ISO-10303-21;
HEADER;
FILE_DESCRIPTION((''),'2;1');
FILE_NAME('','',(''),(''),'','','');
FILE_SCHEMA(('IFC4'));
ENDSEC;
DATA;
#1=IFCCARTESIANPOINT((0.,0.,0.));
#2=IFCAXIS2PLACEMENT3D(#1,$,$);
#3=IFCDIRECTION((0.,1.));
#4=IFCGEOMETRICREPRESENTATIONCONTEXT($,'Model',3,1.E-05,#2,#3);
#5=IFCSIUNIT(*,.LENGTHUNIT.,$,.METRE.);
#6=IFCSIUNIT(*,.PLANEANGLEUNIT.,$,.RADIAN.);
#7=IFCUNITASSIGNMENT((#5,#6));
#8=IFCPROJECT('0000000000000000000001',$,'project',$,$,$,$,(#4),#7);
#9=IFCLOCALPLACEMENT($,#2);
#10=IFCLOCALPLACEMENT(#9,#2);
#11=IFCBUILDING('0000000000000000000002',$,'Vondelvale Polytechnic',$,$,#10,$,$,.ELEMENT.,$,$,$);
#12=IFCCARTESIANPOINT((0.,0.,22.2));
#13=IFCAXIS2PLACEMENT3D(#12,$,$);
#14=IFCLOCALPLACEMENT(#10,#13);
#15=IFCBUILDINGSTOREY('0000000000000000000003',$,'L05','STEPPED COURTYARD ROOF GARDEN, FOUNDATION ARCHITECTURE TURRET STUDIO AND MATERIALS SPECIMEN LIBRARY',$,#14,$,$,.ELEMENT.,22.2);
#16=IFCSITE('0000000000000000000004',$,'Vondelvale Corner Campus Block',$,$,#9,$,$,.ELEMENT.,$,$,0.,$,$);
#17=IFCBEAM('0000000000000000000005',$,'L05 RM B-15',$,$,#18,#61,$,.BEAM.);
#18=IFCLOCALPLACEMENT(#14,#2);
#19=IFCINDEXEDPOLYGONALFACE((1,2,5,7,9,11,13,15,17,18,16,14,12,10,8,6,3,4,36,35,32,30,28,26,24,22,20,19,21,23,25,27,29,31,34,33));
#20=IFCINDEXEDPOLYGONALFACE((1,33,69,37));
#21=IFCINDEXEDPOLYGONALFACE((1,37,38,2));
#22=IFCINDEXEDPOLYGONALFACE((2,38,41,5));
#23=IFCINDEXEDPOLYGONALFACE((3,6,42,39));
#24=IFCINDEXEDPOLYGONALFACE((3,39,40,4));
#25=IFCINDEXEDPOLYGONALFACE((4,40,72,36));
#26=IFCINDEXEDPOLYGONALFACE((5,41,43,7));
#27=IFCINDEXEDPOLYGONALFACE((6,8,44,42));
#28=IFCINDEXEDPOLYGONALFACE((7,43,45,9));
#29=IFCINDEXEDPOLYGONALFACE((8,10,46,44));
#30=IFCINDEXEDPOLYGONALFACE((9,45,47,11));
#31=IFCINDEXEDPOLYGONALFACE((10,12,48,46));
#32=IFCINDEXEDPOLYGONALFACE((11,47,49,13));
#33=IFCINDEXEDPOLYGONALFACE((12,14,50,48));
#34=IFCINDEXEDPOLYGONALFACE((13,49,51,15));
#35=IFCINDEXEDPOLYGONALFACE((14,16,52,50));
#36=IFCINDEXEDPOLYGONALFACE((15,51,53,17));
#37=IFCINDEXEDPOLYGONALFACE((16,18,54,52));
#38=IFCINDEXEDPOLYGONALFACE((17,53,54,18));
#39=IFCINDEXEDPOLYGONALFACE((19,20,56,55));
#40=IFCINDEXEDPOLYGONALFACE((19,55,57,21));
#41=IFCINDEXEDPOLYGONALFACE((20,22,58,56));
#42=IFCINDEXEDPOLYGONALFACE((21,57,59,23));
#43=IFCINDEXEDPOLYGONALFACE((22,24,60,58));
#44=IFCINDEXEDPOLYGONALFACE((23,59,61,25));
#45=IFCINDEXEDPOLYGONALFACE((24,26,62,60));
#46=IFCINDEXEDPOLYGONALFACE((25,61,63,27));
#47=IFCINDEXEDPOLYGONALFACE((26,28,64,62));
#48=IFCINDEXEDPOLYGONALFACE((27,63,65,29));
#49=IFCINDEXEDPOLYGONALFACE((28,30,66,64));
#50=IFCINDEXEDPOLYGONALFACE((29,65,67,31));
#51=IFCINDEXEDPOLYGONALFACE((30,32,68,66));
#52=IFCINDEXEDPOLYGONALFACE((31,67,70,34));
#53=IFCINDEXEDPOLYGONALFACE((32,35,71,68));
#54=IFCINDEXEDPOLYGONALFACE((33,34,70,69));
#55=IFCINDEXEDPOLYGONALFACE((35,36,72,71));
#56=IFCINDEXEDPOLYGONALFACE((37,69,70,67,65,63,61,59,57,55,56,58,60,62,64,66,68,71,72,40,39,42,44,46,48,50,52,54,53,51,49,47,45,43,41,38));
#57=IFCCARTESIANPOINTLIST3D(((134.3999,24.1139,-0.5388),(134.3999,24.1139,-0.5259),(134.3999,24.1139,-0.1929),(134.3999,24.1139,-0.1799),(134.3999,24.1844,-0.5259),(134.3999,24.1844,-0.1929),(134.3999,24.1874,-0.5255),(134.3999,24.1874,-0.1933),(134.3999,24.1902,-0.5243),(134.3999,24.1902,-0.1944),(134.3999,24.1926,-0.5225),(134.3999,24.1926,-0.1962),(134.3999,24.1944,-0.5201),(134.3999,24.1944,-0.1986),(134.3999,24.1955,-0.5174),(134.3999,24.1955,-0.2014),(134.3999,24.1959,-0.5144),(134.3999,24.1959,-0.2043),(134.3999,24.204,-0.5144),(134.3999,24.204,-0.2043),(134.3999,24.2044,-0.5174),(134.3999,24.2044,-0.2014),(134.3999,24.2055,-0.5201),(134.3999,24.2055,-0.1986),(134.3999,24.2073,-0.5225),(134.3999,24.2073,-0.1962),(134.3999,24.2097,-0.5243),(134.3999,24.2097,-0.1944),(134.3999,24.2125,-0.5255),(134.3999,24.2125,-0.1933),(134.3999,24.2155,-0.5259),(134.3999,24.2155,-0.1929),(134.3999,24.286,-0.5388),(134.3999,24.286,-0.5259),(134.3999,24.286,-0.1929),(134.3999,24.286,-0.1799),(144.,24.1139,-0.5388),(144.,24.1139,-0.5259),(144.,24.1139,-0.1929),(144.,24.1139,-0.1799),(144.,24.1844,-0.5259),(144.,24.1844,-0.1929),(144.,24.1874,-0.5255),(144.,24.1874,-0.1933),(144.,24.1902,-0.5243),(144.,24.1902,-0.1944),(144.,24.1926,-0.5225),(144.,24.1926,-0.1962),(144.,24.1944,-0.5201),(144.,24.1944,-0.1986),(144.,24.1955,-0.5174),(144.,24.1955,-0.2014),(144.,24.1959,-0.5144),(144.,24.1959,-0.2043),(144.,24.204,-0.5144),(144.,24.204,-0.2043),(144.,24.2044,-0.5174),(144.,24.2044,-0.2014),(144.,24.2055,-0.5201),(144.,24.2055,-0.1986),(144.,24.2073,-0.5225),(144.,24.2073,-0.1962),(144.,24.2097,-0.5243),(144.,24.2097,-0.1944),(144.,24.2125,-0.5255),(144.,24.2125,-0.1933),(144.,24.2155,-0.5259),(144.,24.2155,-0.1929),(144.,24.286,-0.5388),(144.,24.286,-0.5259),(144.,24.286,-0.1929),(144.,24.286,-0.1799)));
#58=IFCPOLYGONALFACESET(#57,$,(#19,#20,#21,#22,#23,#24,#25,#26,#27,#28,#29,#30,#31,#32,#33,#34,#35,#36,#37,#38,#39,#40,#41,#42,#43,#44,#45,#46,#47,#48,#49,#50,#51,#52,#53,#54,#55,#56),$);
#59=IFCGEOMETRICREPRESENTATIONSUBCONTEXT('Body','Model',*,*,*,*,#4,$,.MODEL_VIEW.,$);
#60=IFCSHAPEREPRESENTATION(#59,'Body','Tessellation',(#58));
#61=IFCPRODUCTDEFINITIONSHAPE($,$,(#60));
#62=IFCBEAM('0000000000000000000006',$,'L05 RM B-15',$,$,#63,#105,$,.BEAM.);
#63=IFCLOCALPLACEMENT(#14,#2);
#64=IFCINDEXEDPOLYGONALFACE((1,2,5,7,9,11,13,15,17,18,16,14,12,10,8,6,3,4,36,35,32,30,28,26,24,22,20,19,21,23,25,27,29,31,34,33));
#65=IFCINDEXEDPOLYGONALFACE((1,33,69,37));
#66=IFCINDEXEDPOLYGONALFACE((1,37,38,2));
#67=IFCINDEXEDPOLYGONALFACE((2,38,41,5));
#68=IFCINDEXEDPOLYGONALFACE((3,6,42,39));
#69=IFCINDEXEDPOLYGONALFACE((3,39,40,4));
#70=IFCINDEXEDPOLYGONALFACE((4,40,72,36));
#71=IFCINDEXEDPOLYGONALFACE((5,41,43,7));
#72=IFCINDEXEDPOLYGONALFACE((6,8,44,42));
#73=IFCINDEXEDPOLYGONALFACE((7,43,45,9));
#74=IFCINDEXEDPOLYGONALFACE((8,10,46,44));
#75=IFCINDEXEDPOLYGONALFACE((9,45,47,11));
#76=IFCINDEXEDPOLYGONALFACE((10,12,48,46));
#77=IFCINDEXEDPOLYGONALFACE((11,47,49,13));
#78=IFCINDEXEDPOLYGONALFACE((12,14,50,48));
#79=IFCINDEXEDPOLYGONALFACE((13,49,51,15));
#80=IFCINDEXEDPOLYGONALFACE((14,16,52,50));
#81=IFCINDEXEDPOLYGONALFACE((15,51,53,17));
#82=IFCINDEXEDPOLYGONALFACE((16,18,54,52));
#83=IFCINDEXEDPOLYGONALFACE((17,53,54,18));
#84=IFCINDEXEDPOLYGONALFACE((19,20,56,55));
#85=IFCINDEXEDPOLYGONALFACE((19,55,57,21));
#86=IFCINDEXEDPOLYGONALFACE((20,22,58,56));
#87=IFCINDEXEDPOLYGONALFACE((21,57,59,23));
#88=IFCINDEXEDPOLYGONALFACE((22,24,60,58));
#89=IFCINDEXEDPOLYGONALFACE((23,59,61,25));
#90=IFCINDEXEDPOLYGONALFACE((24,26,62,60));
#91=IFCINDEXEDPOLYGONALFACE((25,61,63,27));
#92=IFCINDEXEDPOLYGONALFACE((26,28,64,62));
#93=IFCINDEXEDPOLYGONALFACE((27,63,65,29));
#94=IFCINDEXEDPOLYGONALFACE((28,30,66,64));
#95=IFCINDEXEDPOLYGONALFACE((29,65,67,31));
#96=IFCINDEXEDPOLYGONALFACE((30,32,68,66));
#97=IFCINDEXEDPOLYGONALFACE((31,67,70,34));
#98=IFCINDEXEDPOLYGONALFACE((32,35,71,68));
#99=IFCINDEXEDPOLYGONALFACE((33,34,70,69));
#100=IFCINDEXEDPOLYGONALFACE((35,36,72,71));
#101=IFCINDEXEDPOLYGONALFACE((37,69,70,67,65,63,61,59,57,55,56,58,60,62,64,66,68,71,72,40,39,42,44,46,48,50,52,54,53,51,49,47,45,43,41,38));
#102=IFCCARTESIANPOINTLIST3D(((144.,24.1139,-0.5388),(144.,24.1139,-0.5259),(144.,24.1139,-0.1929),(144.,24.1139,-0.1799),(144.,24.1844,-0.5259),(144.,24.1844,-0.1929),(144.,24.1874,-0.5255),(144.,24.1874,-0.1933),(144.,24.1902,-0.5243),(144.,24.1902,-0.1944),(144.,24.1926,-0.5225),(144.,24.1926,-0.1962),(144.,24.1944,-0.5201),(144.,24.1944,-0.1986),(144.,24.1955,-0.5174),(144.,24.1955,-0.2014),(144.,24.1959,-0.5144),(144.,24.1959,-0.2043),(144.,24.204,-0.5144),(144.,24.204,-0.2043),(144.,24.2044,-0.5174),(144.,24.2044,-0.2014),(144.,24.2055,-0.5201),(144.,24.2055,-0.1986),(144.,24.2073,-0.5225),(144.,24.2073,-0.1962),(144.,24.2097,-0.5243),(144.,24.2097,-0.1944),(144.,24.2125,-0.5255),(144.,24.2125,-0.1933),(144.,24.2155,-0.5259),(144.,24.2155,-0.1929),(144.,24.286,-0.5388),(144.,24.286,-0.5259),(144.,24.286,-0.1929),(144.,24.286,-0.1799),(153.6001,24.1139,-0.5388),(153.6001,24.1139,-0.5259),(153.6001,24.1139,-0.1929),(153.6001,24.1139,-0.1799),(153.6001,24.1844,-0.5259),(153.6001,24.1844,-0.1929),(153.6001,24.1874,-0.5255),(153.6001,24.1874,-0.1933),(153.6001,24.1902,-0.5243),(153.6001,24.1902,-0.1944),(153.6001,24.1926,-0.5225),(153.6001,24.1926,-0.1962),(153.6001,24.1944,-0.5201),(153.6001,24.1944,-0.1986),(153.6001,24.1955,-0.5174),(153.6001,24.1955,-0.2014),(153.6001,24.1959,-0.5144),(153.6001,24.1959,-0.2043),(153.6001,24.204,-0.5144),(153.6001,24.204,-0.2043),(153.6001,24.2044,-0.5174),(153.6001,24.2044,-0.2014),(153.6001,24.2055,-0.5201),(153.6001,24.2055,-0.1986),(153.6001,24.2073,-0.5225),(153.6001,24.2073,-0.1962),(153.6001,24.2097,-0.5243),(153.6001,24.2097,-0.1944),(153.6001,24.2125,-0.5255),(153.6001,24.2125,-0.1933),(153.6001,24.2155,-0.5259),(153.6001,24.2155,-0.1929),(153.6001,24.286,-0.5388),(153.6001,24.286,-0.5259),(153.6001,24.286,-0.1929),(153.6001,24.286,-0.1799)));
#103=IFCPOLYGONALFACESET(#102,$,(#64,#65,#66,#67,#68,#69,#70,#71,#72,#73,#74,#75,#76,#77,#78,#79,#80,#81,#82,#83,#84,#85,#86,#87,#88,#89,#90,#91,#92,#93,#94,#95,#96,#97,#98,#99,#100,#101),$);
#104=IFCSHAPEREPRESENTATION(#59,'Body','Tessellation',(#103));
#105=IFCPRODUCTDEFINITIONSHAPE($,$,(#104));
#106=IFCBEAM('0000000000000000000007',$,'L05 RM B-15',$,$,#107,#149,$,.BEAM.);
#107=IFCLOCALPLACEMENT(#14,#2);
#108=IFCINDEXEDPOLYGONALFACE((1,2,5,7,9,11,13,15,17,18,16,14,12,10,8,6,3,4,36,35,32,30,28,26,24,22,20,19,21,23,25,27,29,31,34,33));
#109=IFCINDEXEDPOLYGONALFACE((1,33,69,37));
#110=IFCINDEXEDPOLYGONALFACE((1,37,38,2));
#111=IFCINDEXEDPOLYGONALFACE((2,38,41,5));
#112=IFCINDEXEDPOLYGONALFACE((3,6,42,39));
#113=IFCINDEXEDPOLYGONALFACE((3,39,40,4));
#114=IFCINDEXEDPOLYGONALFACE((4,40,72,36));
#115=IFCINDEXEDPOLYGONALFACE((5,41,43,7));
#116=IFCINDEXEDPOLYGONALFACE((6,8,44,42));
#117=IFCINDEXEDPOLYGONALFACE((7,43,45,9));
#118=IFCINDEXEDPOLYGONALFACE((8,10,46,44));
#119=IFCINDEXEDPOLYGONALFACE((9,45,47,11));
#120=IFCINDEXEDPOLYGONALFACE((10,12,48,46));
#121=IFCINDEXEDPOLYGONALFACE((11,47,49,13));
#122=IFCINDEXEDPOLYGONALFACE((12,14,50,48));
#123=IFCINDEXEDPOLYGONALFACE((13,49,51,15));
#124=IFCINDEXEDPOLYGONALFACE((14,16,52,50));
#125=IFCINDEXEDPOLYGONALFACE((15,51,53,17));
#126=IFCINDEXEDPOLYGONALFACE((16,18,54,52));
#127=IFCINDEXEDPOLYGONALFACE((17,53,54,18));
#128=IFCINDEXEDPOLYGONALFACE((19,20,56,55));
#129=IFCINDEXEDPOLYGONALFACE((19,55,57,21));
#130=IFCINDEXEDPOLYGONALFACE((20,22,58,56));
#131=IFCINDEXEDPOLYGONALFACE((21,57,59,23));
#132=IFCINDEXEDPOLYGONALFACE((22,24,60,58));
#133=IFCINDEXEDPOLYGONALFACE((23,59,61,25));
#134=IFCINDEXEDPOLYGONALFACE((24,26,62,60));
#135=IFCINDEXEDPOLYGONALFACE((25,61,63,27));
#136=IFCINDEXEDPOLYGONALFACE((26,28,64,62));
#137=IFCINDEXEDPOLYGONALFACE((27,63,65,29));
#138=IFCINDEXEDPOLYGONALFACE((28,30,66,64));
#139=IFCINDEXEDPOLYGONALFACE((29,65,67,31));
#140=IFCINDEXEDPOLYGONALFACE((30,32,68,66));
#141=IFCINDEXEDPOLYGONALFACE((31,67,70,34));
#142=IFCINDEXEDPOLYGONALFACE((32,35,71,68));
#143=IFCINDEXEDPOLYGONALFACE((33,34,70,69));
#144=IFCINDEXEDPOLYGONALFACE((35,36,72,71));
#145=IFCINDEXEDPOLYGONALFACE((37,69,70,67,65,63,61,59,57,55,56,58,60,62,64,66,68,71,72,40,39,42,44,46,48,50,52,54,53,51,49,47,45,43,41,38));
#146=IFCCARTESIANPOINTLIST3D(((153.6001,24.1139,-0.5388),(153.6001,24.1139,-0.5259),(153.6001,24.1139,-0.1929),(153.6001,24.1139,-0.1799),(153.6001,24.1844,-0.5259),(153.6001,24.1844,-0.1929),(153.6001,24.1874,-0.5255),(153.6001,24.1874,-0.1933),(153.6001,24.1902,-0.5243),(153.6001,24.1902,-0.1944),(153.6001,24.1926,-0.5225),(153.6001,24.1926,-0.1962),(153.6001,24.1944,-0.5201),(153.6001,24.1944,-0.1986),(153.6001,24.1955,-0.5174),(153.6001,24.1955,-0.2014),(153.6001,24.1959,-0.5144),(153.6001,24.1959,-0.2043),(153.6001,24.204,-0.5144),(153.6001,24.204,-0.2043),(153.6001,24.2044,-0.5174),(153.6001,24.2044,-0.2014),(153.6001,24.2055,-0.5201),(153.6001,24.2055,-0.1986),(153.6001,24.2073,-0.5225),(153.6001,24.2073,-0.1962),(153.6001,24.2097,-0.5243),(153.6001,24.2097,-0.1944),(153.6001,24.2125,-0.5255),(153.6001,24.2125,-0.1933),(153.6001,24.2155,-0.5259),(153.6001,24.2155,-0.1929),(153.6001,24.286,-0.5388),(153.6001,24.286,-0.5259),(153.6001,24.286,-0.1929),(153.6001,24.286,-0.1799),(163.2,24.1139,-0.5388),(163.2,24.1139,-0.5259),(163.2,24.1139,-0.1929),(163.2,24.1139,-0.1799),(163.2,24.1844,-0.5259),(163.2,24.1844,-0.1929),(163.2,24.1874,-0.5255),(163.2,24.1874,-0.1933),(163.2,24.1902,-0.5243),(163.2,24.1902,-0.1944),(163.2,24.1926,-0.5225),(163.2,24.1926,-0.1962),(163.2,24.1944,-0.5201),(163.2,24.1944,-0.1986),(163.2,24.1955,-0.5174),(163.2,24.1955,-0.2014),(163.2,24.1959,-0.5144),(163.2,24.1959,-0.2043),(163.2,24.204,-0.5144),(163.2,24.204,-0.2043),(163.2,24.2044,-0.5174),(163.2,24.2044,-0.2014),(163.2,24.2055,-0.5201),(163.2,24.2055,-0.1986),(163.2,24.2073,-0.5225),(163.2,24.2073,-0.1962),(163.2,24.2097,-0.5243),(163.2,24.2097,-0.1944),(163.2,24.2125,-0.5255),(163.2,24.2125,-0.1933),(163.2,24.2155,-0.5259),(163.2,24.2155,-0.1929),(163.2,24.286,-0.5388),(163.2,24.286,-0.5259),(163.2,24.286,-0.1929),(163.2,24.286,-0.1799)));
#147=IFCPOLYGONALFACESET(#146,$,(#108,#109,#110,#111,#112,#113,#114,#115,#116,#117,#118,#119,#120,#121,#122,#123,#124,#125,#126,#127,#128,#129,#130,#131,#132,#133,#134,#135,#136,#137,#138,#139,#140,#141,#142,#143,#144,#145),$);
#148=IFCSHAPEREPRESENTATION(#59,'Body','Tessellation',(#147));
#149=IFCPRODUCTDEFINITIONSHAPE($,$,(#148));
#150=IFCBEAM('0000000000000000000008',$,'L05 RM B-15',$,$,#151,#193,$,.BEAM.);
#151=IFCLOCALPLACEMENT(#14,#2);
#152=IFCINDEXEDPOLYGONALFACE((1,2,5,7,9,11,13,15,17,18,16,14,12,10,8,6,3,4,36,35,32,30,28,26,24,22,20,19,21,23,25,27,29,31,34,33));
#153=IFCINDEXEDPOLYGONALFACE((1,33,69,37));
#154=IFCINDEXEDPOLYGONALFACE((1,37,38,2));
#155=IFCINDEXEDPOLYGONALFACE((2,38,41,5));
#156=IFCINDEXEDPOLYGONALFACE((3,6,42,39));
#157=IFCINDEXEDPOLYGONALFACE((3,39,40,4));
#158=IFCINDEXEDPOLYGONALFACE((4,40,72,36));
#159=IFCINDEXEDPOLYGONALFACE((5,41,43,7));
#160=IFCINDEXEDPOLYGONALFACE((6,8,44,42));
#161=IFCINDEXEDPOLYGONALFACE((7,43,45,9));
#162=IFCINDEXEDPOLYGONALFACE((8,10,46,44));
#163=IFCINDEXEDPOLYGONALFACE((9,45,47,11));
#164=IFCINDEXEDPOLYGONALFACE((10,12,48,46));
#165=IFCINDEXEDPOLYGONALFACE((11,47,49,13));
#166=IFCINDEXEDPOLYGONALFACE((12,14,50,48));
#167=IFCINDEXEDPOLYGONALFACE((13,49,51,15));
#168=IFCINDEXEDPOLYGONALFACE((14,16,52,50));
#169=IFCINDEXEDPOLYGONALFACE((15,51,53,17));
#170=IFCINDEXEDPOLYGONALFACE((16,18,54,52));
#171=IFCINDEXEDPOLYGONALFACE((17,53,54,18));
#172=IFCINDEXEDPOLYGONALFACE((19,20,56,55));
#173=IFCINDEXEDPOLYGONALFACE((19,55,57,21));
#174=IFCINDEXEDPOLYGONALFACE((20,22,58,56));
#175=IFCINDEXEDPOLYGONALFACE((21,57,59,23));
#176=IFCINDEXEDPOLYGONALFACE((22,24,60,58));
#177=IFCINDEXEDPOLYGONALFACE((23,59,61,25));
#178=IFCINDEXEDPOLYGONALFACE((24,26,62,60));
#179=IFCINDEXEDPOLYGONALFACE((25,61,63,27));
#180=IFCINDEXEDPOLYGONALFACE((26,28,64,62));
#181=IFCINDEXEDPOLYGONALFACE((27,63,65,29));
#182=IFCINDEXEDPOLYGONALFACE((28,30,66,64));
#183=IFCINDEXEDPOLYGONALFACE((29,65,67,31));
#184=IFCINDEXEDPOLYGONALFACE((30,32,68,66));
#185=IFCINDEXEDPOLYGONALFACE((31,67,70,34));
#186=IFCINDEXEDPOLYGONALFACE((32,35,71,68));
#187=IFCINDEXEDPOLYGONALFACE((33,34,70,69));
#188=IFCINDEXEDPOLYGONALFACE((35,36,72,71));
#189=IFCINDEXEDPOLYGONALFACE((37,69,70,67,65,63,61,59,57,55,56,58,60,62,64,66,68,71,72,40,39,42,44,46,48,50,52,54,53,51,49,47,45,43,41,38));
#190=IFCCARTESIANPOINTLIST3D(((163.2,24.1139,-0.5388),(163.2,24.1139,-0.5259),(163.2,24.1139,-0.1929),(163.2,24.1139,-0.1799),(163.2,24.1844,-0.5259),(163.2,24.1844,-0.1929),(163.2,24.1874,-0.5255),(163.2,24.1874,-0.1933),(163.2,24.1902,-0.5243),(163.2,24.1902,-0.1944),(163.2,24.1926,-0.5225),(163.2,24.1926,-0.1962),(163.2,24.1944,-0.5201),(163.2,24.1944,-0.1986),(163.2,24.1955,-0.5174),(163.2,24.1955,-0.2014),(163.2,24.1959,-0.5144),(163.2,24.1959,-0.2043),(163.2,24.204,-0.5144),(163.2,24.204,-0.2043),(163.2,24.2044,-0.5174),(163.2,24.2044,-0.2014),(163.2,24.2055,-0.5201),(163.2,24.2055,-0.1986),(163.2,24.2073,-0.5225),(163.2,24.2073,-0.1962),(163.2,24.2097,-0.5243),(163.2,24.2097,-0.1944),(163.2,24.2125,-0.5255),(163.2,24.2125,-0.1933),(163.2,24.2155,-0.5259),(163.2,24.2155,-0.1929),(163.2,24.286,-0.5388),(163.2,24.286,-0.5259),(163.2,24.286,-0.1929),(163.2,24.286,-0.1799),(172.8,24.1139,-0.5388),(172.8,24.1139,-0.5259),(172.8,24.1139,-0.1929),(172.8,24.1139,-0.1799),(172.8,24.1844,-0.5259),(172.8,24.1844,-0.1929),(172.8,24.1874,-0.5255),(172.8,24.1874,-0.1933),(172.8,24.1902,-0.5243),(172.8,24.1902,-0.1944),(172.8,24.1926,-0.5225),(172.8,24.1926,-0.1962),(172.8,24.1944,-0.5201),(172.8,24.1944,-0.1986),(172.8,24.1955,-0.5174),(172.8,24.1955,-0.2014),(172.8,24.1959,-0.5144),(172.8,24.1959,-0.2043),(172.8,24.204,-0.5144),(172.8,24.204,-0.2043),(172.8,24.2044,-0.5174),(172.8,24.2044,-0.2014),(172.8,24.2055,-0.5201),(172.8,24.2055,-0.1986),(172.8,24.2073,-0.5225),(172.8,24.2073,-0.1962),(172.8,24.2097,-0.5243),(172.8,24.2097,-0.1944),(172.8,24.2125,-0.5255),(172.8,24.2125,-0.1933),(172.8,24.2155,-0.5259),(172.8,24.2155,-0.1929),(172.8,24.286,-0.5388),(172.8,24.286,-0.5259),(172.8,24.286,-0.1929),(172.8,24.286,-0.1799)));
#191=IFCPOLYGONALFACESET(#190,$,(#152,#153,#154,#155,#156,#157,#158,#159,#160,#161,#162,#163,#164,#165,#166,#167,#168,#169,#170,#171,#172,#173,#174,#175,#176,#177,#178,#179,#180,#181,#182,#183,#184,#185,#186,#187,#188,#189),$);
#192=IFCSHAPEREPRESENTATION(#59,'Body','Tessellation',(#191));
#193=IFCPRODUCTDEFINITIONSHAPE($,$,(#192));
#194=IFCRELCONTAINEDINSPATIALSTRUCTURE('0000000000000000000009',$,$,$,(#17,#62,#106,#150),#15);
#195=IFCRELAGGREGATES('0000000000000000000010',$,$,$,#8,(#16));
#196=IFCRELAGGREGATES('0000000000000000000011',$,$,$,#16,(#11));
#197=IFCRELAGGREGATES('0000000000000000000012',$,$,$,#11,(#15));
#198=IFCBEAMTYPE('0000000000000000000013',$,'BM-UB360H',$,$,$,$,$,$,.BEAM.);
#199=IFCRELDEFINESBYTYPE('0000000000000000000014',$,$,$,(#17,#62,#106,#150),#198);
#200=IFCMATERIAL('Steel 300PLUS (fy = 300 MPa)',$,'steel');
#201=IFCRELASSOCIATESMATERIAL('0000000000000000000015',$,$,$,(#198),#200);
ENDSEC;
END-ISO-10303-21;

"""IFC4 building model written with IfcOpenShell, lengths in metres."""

from ifc_helpers import new_model, si_unit, direction, frame, origin, origin_2d, place, context, subcontext, project, spatial, i_section, extrude, material, material_profile, profile_set, type_object, element, save


model = new_model("IFC4")

# Units and contexts
model_context = context("Model", 3, precision=1e-05, world=origin(), true_north=direction((0.0, 1.0)))
body_context = subcontext(model_context, "Body", "Model", "MODEL_VIEW")
ifc_project = project(units=[si_unit("LENGTHUNIT", "METRE"), si_unit("PLANEANGLEUNIT", "RADIAN")], contexts=[model_context])

# Site, building, storey
site_placement = place(None, origin())
site = spatial("IfcSite", under=ifc_project, at=site_placement, Name="Vondelvale Corner Campus Block", CompositionType="ELEMENT", RefElevation=0.0)
building_placement = place(site_placement, origin())
building = spatial("IfcBuilding", under=site, at=building_placement, Name="Vondelvale Polytechnic", CompositionType="ELEMENT")
storey_placement = place(building_placement, frame((0.0, 0.0, 22.2)))
storey = spatial("IfcBuildingStorey", under=building, at=storey_placement, Name="L05", Description="STEPPED COURTYARD ROOF GARDEN, FOUNDATION ARCHITECTURE TURRET STUDIO AND MATERIALS SPECIMEN LIBRARY", CompositionType="ELEMENT", Elevation=22.2)

# Beams
ifc_material_1 = material(Name="Steel 300PLUS (fy = 300 MPa)", Category="steel")
ifc_material_profile_1 = material_profile(ifc_material_1, i_section(OverallWidth=0.1721, OverallDepth=0.3589, WebThickness=0.0081, FlangeThickness=0.0129, FilletRadius=0.0115, at=origin_2d()), Name="360UB56.7")
ifc_profile_set_1 = profile_set([ifc_material_profile_1], Name="Steel 300PLUS (fy = 300 MPa)")
beam_type = type_object("IfcBeamType", Name="BM-UB360H", PredefinedType="BEAM", material=ifc_profile_set_1)
for number, where, z_axis, x_axis, name in (
    (1, (134.3999, 24.2, -0.3594), (1.0, 0.0, 0.0), (0.0, 1.0, 0.0), "L05 RM B-15"),
    (2, (144.0, 24.2, -0.3594), (1.0, 0.0, 0.0), (0.0, 1.0, 0.0), "L05 RM B-15"),
):
    element("IfcBeam", number, at=place(storey_placement, frame(where, z_axis=z_axis, x_axis=x_axis)), inside=storey, type_object=beam_type, Name=name, PredefinedType="BEAM", context=body_context, shape_type="SweptSolid", body=[
        extrude(i_section(OverallWidth=0.1721, OverallDepth=0.3589, WebThickness=0.0081, FlangeThickness=0.0129, FilletRadius=0.0115, at=origin_2d()), origin(), (0.0, 0.0, 1.0), 9.6001),
    ])
beam_1_placement = place(storey_placement, frame((153.6001, 24.2, -0.3594), z_axis=(1.0, 0.0, 0.0), x_axis=(0.0, 1.0, 0.0)))
element("IfcBeam", 3, at=beam_1_placement, inside=storey, type_object=beam_type, Name="L05 RM B-15", PredefinedType="BEAM", context=body_context, shape_type="SweptSolid", body=[
    extrude(i_section(OverallWidth=0.1721, OverallDepth=0.3589, WebThickness=0.0081, FlangeThickness=0.0129, FilletRadius=0.0115, at=origin_2d()), origin(), (0.0, 0.0, 1.0), 9.5999),
])
beam_2_placement = place(storey_placement, frame((163.2, 24.2, -0.3594), z_axis=(1.0, 0.0, 0.0), x_axis=(0.0, 1.0, 0.0)))
element("IfcBeam", 4, at=beam_2_placement, inside=storey, type_object=beam_type, Name="L05 RM B-15", PredefinedType="BEAM", context=body_context, shape_type="SweptSolid", body=[
    extrude(i_section(OverallWidth=0.1721, OverallDepth=0.3589, WebThickness=0.0081, FlangeThickness=0.0129, FilletRadius=0.0115, at=origin_2d()), origin(), (0.0, 0.0, 1.0), 9.6001),
])

save(model, "model.ifc")
